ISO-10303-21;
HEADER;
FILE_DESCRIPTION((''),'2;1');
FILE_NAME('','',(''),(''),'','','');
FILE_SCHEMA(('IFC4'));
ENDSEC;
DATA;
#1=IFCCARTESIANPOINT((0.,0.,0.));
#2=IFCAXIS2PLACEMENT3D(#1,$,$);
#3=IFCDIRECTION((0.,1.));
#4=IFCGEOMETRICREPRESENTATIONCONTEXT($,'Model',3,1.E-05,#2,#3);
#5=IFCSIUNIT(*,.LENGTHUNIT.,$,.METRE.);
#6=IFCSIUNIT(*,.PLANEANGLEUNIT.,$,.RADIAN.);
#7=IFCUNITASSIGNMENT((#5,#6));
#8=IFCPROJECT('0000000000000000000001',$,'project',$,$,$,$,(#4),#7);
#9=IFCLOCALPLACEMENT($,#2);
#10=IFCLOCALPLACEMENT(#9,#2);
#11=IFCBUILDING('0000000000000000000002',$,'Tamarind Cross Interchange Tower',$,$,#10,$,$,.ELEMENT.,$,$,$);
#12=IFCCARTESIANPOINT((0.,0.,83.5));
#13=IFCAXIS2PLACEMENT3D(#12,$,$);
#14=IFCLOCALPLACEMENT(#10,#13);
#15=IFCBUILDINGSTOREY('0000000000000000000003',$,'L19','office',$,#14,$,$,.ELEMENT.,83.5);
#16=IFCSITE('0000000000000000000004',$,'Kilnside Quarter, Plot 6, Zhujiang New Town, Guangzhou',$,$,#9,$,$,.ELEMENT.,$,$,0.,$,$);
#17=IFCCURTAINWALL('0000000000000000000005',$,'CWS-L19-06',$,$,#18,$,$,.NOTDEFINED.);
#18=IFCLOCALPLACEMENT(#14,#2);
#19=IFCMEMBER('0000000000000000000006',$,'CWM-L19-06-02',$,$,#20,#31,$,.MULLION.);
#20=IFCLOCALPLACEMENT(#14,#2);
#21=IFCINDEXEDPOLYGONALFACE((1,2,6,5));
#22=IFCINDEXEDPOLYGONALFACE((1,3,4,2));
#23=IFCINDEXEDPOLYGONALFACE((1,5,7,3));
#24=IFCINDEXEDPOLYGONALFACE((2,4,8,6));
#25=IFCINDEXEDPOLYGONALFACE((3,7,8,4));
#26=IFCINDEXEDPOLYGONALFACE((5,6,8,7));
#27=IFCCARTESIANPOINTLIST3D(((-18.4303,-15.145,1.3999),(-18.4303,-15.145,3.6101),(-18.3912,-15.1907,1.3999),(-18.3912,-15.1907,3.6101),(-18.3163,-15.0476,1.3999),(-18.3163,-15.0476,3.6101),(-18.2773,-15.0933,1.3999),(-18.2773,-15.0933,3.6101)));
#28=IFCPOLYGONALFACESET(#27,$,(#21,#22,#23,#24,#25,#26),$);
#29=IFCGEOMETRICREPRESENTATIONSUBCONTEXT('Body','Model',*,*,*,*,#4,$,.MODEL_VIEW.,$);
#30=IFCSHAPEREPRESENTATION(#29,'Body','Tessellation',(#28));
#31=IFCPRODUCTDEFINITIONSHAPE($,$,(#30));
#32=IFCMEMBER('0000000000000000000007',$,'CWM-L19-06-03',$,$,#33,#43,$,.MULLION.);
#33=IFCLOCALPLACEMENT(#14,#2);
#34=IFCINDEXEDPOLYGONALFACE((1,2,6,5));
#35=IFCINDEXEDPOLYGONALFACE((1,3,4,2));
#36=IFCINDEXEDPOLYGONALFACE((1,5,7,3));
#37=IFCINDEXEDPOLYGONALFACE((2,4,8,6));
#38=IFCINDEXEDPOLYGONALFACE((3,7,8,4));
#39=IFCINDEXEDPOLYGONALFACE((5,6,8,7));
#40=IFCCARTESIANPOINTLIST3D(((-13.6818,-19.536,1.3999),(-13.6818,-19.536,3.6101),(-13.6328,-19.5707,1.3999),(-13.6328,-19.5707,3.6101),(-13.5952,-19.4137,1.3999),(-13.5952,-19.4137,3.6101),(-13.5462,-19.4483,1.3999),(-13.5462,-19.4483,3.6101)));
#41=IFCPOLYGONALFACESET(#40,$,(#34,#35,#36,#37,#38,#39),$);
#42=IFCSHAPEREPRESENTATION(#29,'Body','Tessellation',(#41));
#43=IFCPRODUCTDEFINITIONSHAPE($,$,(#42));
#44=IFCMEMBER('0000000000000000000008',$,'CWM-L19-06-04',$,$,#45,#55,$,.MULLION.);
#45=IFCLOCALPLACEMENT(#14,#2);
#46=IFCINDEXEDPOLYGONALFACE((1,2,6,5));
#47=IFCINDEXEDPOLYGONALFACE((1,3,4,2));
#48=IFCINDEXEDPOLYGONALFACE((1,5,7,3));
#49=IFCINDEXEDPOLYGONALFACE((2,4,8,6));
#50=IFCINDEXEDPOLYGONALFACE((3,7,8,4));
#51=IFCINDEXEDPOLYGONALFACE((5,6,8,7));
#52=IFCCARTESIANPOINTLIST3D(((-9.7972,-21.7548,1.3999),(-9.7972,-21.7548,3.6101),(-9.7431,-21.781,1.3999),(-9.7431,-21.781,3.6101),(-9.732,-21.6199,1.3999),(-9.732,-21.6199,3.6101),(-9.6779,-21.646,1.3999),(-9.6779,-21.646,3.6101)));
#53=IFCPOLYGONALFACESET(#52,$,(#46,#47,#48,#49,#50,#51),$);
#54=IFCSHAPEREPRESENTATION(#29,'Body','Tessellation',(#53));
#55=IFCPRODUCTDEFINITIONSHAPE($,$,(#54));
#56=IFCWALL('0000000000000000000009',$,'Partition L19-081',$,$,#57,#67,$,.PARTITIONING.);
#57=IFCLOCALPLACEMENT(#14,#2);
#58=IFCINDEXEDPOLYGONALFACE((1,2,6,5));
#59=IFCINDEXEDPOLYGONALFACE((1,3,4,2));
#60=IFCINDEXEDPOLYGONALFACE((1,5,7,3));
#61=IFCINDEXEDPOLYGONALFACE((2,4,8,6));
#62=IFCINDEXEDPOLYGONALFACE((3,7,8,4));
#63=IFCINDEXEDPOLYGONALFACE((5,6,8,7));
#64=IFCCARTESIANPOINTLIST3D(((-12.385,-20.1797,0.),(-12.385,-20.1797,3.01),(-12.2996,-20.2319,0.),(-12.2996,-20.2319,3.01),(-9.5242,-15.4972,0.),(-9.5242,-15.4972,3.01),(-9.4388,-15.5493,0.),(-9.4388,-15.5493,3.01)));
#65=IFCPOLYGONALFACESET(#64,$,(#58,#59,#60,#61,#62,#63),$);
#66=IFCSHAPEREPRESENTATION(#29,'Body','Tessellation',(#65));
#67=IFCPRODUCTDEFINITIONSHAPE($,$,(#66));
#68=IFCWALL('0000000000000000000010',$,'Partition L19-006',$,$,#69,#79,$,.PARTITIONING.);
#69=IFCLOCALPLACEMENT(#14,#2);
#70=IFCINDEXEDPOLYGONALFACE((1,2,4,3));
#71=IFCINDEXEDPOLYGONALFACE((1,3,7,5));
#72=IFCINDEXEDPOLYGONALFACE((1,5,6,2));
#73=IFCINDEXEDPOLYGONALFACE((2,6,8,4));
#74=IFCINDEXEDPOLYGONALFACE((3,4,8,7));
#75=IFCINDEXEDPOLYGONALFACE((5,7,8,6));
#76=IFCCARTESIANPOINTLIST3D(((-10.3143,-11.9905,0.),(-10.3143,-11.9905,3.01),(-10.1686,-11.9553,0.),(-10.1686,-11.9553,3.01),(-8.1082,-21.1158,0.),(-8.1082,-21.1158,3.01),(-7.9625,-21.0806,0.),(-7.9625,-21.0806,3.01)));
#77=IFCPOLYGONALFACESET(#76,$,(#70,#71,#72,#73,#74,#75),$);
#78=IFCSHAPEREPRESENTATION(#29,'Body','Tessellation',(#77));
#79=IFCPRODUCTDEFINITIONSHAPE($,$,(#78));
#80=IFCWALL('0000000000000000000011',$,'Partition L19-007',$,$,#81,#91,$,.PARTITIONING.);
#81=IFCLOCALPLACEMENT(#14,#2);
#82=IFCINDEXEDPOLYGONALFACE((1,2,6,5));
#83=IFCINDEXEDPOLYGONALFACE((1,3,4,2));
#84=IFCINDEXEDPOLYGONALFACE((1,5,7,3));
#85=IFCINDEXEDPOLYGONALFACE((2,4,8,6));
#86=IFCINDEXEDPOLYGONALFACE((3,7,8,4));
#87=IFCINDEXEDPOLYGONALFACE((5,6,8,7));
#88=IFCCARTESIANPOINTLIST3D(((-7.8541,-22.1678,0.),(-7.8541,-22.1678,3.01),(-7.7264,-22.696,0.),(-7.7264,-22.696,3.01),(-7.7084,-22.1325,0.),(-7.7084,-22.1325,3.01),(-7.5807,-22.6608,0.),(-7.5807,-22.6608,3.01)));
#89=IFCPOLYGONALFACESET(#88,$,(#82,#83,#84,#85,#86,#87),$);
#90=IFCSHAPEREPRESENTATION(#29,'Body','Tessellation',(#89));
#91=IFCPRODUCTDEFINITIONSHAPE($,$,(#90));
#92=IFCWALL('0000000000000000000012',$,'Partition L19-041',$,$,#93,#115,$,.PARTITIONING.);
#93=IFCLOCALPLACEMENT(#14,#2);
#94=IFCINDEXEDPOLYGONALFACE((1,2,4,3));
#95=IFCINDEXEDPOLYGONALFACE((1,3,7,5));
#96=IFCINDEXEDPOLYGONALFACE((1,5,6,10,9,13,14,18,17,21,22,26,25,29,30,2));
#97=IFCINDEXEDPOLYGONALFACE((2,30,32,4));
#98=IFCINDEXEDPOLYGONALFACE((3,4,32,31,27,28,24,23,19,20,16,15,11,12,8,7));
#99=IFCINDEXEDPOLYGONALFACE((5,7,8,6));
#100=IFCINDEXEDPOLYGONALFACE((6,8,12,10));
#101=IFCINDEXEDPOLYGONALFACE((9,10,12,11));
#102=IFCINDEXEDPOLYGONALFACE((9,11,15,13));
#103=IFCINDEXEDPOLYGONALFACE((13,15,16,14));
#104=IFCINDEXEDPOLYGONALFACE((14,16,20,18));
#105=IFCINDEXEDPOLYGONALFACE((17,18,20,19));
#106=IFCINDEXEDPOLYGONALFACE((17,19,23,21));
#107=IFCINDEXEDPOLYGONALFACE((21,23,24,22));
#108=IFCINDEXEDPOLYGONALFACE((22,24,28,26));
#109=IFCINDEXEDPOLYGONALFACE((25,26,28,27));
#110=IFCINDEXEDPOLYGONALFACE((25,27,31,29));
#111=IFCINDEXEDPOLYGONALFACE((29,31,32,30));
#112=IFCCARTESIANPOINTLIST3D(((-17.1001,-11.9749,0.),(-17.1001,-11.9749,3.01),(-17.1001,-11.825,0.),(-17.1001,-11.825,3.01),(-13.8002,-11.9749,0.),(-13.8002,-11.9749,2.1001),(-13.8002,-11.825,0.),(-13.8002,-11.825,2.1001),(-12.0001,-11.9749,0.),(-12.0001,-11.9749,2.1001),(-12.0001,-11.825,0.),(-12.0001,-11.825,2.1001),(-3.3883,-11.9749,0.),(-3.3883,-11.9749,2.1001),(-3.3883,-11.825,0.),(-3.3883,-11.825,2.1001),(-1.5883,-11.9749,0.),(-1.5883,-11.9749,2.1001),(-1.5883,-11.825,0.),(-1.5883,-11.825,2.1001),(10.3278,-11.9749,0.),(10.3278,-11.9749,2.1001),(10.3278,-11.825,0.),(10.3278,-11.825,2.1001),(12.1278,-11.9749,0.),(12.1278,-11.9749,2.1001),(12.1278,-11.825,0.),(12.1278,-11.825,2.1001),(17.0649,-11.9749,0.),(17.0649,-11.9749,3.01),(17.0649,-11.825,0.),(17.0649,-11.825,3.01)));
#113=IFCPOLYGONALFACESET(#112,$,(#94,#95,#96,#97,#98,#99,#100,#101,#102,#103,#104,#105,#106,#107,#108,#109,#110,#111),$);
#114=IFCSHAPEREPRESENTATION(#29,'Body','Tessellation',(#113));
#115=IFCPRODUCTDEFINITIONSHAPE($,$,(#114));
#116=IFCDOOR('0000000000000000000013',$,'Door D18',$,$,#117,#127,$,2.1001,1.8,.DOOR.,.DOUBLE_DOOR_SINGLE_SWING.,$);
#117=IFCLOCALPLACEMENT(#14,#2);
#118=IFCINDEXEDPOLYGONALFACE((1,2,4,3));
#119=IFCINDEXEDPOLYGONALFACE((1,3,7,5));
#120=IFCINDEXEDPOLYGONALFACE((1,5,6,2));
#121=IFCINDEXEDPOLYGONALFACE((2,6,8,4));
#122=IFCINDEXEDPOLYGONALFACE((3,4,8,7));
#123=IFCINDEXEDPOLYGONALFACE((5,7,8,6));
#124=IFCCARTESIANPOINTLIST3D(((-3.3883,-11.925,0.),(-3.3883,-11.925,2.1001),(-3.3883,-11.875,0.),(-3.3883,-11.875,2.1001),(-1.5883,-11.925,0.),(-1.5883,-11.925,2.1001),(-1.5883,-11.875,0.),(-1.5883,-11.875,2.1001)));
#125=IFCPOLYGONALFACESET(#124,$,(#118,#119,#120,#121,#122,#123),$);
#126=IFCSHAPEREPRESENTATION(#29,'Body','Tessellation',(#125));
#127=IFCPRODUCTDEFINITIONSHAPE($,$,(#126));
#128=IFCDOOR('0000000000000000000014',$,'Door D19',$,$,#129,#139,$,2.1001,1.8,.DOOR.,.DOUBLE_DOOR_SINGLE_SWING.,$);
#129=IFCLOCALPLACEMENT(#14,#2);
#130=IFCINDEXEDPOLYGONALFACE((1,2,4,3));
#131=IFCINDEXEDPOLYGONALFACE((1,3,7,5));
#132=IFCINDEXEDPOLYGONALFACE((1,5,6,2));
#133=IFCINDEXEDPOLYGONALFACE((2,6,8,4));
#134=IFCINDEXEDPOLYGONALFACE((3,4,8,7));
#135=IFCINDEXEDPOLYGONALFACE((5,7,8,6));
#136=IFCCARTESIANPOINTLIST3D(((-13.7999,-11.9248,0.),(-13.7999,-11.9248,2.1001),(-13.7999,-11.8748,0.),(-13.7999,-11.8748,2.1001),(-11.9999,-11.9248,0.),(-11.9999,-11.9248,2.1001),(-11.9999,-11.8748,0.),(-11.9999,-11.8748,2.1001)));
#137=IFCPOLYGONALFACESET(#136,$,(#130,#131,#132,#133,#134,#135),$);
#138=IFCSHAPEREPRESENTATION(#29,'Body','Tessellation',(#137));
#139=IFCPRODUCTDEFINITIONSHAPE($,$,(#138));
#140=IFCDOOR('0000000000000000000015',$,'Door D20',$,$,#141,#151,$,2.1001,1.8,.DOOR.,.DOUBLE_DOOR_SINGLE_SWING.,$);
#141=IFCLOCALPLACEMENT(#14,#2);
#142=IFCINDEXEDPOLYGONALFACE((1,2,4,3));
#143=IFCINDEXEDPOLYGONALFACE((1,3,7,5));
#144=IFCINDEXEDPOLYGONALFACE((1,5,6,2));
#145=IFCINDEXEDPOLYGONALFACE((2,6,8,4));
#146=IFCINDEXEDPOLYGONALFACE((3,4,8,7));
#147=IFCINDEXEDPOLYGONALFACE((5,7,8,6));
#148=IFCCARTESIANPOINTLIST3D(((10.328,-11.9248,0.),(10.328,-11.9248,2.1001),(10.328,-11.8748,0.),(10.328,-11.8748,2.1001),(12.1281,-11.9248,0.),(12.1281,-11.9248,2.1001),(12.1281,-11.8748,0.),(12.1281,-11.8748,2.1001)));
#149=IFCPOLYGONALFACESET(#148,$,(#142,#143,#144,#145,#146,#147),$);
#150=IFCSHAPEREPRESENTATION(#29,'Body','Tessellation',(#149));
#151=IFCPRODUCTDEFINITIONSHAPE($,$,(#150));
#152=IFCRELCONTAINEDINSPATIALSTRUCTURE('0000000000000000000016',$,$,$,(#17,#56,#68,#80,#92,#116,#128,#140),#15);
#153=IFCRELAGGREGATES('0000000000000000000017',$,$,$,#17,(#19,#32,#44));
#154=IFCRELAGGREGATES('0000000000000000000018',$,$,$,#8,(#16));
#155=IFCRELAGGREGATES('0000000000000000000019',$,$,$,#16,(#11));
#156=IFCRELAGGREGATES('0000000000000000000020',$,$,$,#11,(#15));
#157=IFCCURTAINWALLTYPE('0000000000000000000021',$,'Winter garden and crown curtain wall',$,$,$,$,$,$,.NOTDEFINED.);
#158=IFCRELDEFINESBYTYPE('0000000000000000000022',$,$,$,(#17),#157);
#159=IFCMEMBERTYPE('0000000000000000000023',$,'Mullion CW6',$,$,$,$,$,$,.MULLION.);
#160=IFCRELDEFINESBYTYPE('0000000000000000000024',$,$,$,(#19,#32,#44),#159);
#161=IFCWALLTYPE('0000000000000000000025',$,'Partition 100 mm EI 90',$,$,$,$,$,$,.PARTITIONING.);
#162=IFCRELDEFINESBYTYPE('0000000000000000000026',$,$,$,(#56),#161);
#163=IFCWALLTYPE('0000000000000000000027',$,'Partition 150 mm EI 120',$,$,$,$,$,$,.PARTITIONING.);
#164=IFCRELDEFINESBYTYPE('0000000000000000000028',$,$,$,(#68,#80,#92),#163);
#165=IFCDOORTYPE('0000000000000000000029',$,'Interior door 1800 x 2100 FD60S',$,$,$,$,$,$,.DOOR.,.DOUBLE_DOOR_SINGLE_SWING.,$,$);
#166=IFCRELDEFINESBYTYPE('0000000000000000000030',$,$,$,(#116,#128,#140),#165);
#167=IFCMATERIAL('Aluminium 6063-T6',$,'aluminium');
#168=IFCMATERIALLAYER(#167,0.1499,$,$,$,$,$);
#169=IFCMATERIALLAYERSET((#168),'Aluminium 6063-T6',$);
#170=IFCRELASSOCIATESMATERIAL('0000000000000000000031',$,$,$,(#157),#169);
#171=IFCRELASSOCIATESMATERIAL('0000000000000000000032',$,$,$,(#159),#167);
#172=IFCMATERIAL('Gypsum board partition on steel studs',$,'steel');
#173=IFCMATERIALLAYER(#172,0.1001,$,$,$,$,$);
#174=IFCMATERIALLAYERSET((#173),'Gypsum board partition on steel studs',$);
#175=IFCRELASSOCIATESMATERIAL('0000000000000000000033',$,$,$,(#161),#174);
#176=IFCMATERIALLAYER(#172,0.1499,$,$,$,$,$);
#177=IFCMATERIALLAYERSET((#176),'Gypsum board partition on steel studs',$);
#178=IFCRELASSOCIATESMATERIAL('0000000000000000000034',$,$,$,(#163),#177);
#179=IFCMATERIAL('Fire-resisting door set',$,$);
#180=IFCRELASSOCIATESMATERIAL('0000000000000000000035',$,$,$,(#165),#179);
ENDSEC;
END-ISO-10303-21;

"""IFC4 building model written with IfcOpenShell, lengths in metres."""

from ifc_helpers import new_model, si_unit, direction, frame, frame_2d, origin, origin_2d, place, context, subcontext, project, spatial, rectangle, extrude, material, layer, layer_set, material_profile, profile_set, type_object, element, fill, aggregate, save


model = new_model("IFC4")

# Units and contexts
model_context = context("Model", 3, precision=1e-05, world=origin(), true_north=direction((0.0, 1.0)))
body_context = subcontext(model_context, "Body", "Model", "MODEL_VIEW")
ifc_project = project(units=[si_unit("LENGTHUNIT", "METRE"), si_unit("PLANEANGLEUNIT", "RADIAN")], contexts=[model_context])

# Site, building, storey
site_placement = place(None, origin())
site = spatial("IfcSite", under=ifc_project, at=site_placement, Name="Kilnside Quarter, Plot 6, Zhujiang New Town, Guangzhou", CompositionType="ELEMENT", RefElevation=0.0)
building_placement = place(site_placement, origin())
building = spatial("IfcBuilding", under=site, at=building_placement, Name="Tamarind Cross Interchange Tower", CompositionType="ELEMENT")
storey_placement = place(building_placement, frame((0.0, 0.0, 83.5)))
storey = spatial("IfcBuildingStorey", under=building, at=storey_placement, Name="L19", Description="office", CompositionType="ELEMENT", Elevation=83.5)

# Curtain wall, members
ifc_material_1 = material(Name="Aluminium 6063-T6", Category="aluminium")
ifc_layer_1 = layer(ifc_material_1, 0.1499)
ifc_layer_set_1 = layer_set([ifc_layer_1], Name="Aluminium 6063-T6")
curtain_wall_type = type_object("IfcCurtainWallType", Name="Winter garden and crown curtain wall", PredefinedType="NOTDEFINED", material=ifc_layer_set_1)
curtain_wall_placement = place(storey_placement, origin())
curtain_wall = element("IfcCurtainWall", 1, at=curtain_wall_placement, inside=storey, type_object=curtain_wall_type, Name="CWS-L19-06", PredefinedType="NOTDEFINED")
ifc_material_profile_1 = material_profile(ifc_material_1, rectangle(XDim=0.0601, YDim=0.1499, at=origin_2d()), Name="Mullion CW6")
ifc_profile_set_1 = profile_set([ifc_material_profile_1], Name="Aluminium 6063-T6")
member_type = type_object("IfcMemberType", Name="Mullion CW6", PredefinedType="MULLION", material=ifc_profile_set_1)
member_1_placement = place(storey_placement, frame((-18.3538, -15.1191, 1.3999), z_axis=(0.0, 0.0, 1.0), x_axis=(0.649577, -0.760296, 0.0)))
member_1 = element("IfcMember", 2, at=member_1_placement, type_object=member_type, Name="CWM-L19-06-02", PredefinedType="MULLION", context=body_context, shape_type="SweptSolid", body=[
    extrude(rectangle(XDim=0.0601, YDim=0.1499, at=origin_2d()), origin(), (0.0, 0.0, 1.0), 2.2102),
])
member_2_placement = place(storey_placement, frame((-13.614, -19.4922, 1.3999), z_axis=(0.0, 0.0, 1.0), x_axis=(0.816342, -0.577569, 0.0)))
member_2 = element("IfcMember", 3, at=member_2_placement, type_object=member_type, Name="CWM-L19-06-03", PredefinedType="MULLION", context=body_context, shape_type="SweptSolid", body=[
    extrude(rectangle(XDim=0.0601, YDim=0.1499, at=origin_2d()), origin(), (0.0, 0.0, 1.0), 2.2102),
])
member_3_placement = place(storey_placement, frame((-9.7375, -21.7004, 1.3999), z_axis=(0.0, 0.0, 1.0), x_axis=(0.900273, -0.435326, 0.0)))
member_3 = element("IfcMember", 4, at=member_3_placement, type_object=member_type, Name="CWM-L19-06-04", PredefinedType="MULLION", context=body_context, shape_type="SweptSolid", body=[
    extrude(rectangle(XDim=0.0601, YDim=0.1499, at=origin_2d()), origin(), (0.0, 0.0, 1.0), 2.2102),
])
aggregate(curtain_wall, [member_1, member_2, member_3])

# Walls
ifc_material_2 = material(Name="Gypsum board partition on steel studs", Category="steel")
ifc_layer_2 = layer(ifc_material_2, 0.1001)
ifc_layer_set_2 = layer_set([ifc_layer_2], Name="Gypsum board partition on steel studs")
wall_type_1 = type_object("IfcWallType", Name="Partition 100 mm EI 90", PredefinedType="PARTITIONING", material=ifc_layer_set_2)
wall_1_placement = place(storey_placement, frame((-12.3423, -20.2058, 0.0), z_axis=(0.0, 0.0, 1.0), x_axis=(0.521349, 0.853343, 0.0)))
element("IfcWall", 5, at=wall_1_placement, inside=storey, type_object=wall_type_1, Name="Partition L19-081", PredefinedType="PARTITIONING", context=body_context, shape_type="SweptSolid", body=[
    extrude(rectangle(XDim=5.4873, YDim=0.1001, at=frame_2d((2.7437, 0.0))), origin(), (0.0, 0.0, 1.0), 3.01),
])
ifc_layer_3 = layer(ifc_material_2, 0.1499)
ifc_layer_set_3 = layer_set([ifc_layer_3], Name="Gypsum board partition on steel studs")
wall_type_2 = type_object("IfcWallType", Name="Partition 150 mm EI 120", PredefinedType="PARTITIONING", material=ifc_layer_set_3)
wall_2_placement = place(storey_placement, frame((-10.2415, -11.9729, 0.0), z_axis=(0.0, 0.0, 1.0), x_axis=(0.234984, -0.971999, 0.0)))
element("IfcWall", 6, at=wall_2_placement, inside=storey, type_object=wall_type_2, Name="Partition L19-006", PredefinedType="PARTITIONING", context=body_context, shape_type="SweptSolid", body=[
    extrude(rectangle(XDim=9.3882, YDim=0.1499, at=frame_2d((4.6941, 0.0))), origin(), (0.0, 0.0, 1.0), 3.01),
])
wall_3_placement = place(storey_placement, frame((-7.7812, -22.1501, 0.0), z_axis=(0.0, 0.0, 1.0), x_axis=(0.234919, -0.972015, 0.0)))
element("IfcWall", 7, at=wall_3_placement, inside=storey, type_object=wall_type_2, Name="Partition L19-007", PredefinedType="PARTITIONING", context=body_context, shape_type="SweptSolid", body=[
    extrude(rectangle(XDim=0.5435, YDim=0.1499, at=frame_2d((0.2717, 0.0))), origin(), (0.0, 0.0, 1.0), 3.01),
])

# Wall, openings, doors
wall_4_placement = place(storey_placement, frame((-17.1001, -11.8999, 0.0), z_axis=(0.0, 0.0, 1.0), x_axis=(1.0, 0.0, 0.0)))
wall_4 = element("IfcWall", 8, at=wall_4_placement, inside=storey, type_object=wall_type_2, Name="Partition L19-041", PredefinedType="PARTITIONING", context=body_context, shape_type="SweptSolid", body=[
    extrude(rectangle(XDim=34.165, YDim=0.1499, at=frame_2d((17.0825, 0.0))), origin(), (0.0, 0.0, 1.0), 3.01),
])
opening_1_placement = place(wall_4_placement, frame((13.7119, 0.0, 0.0)))
opening_1 = element("IfcOpeningElement", 9, at=opening_1_placement, cuts=wall_4, PredefinedType="OPENING", context=body_context, shape_type="SweptSolid", body=[
    extrude(rectangle(XDim=1.8, YDim=2.1001, at=frame_2d((0.8999, 1.05))), frame((0.0, 0.085, 0.0), z_axis=(0.0, -1.0, 0.0), x_axis=(1.0, 0.0, 0.0)), (0.0, 0.0, 1.0), 0.1699),
])
opening_2_placement = place(wall_4_placement, frame((3.3, 0.0, 0.0)))
opening_2 = element("IfcOpeningElement", 10, at=opening_2_placement, cuts=wall_4, PredefinedType="OPENING", context=body_context, shape_type="SweptSolid", body=[
    extrude(rectangle(XDim=1.8, YDim=2.1001, at=frame_2d((0.8999, 1.05))), frame((0.0, 0.085, 0.0), z_axis=(0.0, -1.0, 0.0), x_axis=(1.0, 0.0, 0.0)), (0.0, 0.0, 1.0), 0.1699),
])
opening_3_placement = place(wall_4_placement, frame((27.428, 0.0, 0.0)))
opening_3 = element("IfcOpeningElement", 11, at=opening_3_placement, cuts=wall_4, PredefinedType="OPENING", context=body_context, shape_type="SweptSolid", body=[
    extrude(rectangle(XDim=1.8, YDim=2.1001, at=frame_2d((0.8999, 1.05))), frame((0.0, 0.085, 0.0), z_axis=(0.0, -1.0, 0.0), x_axis=(1.0, 0.0, 0.0)), (0.0, 0.0, 1.0), 0.1699),
])
ifc_material_3 = material(Name="Fire-resisting door set")
door_type = type_object("IfcDoorType", Name="Interior door 1800 x 2100 FD60S", OperationType="DOUBLE_DOOR_SINGLE_SWING", PredefinedType="DOOR", material=ifc_material_3)
door_1_placement = place(opening_1_placement, origin())
door_1 = element("IfcDoor", 12, at=door_1_placement, inside=storey, type_object=door_type, Name="Door D18", OperationType="DOUBLE_DOOR_SINGLE_SWING", OverallHeight=2.1001, OverallWidth=1.8, PredefinedType="DOOR", context=body_context, shape_type="SweptSolid", body=[
    extrude(rectangle(XDim=1.8, YDim=2.1001, at=frame_2d((0.8999, 1.05))), frame((0.0, 0.0249, 0.0), z_axis=(0.0, -1.0, 0.0), x_axis=(1.0, 0.0, 0.0)), (0.0, 0.0, 1.0), 0.05),
])
fill(opening_1, door_1)
door_2_placement = place(opening_2_placement, frame((1.8, 0.0, 0.0), z_axis=(0.0, 0.0, 1.0), x_axis=(-1.0, 0.0, 0.0)))
door_2 = element("IfcDoor", 13, at=door_2_placement, inside=storey, type_object=door_type, Name="Door D19", OperationType="DOUBLE_DOOR_SINGLE_SWING", OverallHeight=2.1001, OverallWidth=1.8, PredefinedType="DOOR", context=body_context, shape_type="SweptSolid", body=[
    extrude(rectangle(XDim=1.8, YDim=2.1001, at=frame_2d((0.8999, 1.05))), frame((0.0, 0.0249, 0.0), z_axis=(0.0, -1.0, 0.0), x_axis=(1.0, 0.0, 0.0)), (0.0, 0.0, 1.0), 0.05),
])
fill(opening_2, door_2)
door_3_placement = place(opening_3_placement, frame((1.8, 0.0, 0.0), z_axis=(0.0, 0.0, 1.0), x_axis=(-1.0, 0.0, 0.0)))
door_3 = element("IfcDoor", 14, at=door_3_placement, inside=storey, type_object=door_type, Name="Door D20", OperationType="DOUBLE_DOOR_SINGLE_SWING", OverallHeight=2.1001, OverallWidth=1.8, PredefinedType="DOOR", context=body_context, shape_type="SweptSolid", body=[
    extrude(rectangle(XDim=1.8, YDim=2.1001, at=frame_2d((0.8999, 1.05))), frame((0.0, 0.0249, 0.0), z_axis=(0.0, -1.0, 0.0), x_axis=(1.0, 0.0, 0.0)), (0.0, 0.0, 1.0), 0.05),
])
fill(opening_3, door_3)

save(model, "model.ifc")
